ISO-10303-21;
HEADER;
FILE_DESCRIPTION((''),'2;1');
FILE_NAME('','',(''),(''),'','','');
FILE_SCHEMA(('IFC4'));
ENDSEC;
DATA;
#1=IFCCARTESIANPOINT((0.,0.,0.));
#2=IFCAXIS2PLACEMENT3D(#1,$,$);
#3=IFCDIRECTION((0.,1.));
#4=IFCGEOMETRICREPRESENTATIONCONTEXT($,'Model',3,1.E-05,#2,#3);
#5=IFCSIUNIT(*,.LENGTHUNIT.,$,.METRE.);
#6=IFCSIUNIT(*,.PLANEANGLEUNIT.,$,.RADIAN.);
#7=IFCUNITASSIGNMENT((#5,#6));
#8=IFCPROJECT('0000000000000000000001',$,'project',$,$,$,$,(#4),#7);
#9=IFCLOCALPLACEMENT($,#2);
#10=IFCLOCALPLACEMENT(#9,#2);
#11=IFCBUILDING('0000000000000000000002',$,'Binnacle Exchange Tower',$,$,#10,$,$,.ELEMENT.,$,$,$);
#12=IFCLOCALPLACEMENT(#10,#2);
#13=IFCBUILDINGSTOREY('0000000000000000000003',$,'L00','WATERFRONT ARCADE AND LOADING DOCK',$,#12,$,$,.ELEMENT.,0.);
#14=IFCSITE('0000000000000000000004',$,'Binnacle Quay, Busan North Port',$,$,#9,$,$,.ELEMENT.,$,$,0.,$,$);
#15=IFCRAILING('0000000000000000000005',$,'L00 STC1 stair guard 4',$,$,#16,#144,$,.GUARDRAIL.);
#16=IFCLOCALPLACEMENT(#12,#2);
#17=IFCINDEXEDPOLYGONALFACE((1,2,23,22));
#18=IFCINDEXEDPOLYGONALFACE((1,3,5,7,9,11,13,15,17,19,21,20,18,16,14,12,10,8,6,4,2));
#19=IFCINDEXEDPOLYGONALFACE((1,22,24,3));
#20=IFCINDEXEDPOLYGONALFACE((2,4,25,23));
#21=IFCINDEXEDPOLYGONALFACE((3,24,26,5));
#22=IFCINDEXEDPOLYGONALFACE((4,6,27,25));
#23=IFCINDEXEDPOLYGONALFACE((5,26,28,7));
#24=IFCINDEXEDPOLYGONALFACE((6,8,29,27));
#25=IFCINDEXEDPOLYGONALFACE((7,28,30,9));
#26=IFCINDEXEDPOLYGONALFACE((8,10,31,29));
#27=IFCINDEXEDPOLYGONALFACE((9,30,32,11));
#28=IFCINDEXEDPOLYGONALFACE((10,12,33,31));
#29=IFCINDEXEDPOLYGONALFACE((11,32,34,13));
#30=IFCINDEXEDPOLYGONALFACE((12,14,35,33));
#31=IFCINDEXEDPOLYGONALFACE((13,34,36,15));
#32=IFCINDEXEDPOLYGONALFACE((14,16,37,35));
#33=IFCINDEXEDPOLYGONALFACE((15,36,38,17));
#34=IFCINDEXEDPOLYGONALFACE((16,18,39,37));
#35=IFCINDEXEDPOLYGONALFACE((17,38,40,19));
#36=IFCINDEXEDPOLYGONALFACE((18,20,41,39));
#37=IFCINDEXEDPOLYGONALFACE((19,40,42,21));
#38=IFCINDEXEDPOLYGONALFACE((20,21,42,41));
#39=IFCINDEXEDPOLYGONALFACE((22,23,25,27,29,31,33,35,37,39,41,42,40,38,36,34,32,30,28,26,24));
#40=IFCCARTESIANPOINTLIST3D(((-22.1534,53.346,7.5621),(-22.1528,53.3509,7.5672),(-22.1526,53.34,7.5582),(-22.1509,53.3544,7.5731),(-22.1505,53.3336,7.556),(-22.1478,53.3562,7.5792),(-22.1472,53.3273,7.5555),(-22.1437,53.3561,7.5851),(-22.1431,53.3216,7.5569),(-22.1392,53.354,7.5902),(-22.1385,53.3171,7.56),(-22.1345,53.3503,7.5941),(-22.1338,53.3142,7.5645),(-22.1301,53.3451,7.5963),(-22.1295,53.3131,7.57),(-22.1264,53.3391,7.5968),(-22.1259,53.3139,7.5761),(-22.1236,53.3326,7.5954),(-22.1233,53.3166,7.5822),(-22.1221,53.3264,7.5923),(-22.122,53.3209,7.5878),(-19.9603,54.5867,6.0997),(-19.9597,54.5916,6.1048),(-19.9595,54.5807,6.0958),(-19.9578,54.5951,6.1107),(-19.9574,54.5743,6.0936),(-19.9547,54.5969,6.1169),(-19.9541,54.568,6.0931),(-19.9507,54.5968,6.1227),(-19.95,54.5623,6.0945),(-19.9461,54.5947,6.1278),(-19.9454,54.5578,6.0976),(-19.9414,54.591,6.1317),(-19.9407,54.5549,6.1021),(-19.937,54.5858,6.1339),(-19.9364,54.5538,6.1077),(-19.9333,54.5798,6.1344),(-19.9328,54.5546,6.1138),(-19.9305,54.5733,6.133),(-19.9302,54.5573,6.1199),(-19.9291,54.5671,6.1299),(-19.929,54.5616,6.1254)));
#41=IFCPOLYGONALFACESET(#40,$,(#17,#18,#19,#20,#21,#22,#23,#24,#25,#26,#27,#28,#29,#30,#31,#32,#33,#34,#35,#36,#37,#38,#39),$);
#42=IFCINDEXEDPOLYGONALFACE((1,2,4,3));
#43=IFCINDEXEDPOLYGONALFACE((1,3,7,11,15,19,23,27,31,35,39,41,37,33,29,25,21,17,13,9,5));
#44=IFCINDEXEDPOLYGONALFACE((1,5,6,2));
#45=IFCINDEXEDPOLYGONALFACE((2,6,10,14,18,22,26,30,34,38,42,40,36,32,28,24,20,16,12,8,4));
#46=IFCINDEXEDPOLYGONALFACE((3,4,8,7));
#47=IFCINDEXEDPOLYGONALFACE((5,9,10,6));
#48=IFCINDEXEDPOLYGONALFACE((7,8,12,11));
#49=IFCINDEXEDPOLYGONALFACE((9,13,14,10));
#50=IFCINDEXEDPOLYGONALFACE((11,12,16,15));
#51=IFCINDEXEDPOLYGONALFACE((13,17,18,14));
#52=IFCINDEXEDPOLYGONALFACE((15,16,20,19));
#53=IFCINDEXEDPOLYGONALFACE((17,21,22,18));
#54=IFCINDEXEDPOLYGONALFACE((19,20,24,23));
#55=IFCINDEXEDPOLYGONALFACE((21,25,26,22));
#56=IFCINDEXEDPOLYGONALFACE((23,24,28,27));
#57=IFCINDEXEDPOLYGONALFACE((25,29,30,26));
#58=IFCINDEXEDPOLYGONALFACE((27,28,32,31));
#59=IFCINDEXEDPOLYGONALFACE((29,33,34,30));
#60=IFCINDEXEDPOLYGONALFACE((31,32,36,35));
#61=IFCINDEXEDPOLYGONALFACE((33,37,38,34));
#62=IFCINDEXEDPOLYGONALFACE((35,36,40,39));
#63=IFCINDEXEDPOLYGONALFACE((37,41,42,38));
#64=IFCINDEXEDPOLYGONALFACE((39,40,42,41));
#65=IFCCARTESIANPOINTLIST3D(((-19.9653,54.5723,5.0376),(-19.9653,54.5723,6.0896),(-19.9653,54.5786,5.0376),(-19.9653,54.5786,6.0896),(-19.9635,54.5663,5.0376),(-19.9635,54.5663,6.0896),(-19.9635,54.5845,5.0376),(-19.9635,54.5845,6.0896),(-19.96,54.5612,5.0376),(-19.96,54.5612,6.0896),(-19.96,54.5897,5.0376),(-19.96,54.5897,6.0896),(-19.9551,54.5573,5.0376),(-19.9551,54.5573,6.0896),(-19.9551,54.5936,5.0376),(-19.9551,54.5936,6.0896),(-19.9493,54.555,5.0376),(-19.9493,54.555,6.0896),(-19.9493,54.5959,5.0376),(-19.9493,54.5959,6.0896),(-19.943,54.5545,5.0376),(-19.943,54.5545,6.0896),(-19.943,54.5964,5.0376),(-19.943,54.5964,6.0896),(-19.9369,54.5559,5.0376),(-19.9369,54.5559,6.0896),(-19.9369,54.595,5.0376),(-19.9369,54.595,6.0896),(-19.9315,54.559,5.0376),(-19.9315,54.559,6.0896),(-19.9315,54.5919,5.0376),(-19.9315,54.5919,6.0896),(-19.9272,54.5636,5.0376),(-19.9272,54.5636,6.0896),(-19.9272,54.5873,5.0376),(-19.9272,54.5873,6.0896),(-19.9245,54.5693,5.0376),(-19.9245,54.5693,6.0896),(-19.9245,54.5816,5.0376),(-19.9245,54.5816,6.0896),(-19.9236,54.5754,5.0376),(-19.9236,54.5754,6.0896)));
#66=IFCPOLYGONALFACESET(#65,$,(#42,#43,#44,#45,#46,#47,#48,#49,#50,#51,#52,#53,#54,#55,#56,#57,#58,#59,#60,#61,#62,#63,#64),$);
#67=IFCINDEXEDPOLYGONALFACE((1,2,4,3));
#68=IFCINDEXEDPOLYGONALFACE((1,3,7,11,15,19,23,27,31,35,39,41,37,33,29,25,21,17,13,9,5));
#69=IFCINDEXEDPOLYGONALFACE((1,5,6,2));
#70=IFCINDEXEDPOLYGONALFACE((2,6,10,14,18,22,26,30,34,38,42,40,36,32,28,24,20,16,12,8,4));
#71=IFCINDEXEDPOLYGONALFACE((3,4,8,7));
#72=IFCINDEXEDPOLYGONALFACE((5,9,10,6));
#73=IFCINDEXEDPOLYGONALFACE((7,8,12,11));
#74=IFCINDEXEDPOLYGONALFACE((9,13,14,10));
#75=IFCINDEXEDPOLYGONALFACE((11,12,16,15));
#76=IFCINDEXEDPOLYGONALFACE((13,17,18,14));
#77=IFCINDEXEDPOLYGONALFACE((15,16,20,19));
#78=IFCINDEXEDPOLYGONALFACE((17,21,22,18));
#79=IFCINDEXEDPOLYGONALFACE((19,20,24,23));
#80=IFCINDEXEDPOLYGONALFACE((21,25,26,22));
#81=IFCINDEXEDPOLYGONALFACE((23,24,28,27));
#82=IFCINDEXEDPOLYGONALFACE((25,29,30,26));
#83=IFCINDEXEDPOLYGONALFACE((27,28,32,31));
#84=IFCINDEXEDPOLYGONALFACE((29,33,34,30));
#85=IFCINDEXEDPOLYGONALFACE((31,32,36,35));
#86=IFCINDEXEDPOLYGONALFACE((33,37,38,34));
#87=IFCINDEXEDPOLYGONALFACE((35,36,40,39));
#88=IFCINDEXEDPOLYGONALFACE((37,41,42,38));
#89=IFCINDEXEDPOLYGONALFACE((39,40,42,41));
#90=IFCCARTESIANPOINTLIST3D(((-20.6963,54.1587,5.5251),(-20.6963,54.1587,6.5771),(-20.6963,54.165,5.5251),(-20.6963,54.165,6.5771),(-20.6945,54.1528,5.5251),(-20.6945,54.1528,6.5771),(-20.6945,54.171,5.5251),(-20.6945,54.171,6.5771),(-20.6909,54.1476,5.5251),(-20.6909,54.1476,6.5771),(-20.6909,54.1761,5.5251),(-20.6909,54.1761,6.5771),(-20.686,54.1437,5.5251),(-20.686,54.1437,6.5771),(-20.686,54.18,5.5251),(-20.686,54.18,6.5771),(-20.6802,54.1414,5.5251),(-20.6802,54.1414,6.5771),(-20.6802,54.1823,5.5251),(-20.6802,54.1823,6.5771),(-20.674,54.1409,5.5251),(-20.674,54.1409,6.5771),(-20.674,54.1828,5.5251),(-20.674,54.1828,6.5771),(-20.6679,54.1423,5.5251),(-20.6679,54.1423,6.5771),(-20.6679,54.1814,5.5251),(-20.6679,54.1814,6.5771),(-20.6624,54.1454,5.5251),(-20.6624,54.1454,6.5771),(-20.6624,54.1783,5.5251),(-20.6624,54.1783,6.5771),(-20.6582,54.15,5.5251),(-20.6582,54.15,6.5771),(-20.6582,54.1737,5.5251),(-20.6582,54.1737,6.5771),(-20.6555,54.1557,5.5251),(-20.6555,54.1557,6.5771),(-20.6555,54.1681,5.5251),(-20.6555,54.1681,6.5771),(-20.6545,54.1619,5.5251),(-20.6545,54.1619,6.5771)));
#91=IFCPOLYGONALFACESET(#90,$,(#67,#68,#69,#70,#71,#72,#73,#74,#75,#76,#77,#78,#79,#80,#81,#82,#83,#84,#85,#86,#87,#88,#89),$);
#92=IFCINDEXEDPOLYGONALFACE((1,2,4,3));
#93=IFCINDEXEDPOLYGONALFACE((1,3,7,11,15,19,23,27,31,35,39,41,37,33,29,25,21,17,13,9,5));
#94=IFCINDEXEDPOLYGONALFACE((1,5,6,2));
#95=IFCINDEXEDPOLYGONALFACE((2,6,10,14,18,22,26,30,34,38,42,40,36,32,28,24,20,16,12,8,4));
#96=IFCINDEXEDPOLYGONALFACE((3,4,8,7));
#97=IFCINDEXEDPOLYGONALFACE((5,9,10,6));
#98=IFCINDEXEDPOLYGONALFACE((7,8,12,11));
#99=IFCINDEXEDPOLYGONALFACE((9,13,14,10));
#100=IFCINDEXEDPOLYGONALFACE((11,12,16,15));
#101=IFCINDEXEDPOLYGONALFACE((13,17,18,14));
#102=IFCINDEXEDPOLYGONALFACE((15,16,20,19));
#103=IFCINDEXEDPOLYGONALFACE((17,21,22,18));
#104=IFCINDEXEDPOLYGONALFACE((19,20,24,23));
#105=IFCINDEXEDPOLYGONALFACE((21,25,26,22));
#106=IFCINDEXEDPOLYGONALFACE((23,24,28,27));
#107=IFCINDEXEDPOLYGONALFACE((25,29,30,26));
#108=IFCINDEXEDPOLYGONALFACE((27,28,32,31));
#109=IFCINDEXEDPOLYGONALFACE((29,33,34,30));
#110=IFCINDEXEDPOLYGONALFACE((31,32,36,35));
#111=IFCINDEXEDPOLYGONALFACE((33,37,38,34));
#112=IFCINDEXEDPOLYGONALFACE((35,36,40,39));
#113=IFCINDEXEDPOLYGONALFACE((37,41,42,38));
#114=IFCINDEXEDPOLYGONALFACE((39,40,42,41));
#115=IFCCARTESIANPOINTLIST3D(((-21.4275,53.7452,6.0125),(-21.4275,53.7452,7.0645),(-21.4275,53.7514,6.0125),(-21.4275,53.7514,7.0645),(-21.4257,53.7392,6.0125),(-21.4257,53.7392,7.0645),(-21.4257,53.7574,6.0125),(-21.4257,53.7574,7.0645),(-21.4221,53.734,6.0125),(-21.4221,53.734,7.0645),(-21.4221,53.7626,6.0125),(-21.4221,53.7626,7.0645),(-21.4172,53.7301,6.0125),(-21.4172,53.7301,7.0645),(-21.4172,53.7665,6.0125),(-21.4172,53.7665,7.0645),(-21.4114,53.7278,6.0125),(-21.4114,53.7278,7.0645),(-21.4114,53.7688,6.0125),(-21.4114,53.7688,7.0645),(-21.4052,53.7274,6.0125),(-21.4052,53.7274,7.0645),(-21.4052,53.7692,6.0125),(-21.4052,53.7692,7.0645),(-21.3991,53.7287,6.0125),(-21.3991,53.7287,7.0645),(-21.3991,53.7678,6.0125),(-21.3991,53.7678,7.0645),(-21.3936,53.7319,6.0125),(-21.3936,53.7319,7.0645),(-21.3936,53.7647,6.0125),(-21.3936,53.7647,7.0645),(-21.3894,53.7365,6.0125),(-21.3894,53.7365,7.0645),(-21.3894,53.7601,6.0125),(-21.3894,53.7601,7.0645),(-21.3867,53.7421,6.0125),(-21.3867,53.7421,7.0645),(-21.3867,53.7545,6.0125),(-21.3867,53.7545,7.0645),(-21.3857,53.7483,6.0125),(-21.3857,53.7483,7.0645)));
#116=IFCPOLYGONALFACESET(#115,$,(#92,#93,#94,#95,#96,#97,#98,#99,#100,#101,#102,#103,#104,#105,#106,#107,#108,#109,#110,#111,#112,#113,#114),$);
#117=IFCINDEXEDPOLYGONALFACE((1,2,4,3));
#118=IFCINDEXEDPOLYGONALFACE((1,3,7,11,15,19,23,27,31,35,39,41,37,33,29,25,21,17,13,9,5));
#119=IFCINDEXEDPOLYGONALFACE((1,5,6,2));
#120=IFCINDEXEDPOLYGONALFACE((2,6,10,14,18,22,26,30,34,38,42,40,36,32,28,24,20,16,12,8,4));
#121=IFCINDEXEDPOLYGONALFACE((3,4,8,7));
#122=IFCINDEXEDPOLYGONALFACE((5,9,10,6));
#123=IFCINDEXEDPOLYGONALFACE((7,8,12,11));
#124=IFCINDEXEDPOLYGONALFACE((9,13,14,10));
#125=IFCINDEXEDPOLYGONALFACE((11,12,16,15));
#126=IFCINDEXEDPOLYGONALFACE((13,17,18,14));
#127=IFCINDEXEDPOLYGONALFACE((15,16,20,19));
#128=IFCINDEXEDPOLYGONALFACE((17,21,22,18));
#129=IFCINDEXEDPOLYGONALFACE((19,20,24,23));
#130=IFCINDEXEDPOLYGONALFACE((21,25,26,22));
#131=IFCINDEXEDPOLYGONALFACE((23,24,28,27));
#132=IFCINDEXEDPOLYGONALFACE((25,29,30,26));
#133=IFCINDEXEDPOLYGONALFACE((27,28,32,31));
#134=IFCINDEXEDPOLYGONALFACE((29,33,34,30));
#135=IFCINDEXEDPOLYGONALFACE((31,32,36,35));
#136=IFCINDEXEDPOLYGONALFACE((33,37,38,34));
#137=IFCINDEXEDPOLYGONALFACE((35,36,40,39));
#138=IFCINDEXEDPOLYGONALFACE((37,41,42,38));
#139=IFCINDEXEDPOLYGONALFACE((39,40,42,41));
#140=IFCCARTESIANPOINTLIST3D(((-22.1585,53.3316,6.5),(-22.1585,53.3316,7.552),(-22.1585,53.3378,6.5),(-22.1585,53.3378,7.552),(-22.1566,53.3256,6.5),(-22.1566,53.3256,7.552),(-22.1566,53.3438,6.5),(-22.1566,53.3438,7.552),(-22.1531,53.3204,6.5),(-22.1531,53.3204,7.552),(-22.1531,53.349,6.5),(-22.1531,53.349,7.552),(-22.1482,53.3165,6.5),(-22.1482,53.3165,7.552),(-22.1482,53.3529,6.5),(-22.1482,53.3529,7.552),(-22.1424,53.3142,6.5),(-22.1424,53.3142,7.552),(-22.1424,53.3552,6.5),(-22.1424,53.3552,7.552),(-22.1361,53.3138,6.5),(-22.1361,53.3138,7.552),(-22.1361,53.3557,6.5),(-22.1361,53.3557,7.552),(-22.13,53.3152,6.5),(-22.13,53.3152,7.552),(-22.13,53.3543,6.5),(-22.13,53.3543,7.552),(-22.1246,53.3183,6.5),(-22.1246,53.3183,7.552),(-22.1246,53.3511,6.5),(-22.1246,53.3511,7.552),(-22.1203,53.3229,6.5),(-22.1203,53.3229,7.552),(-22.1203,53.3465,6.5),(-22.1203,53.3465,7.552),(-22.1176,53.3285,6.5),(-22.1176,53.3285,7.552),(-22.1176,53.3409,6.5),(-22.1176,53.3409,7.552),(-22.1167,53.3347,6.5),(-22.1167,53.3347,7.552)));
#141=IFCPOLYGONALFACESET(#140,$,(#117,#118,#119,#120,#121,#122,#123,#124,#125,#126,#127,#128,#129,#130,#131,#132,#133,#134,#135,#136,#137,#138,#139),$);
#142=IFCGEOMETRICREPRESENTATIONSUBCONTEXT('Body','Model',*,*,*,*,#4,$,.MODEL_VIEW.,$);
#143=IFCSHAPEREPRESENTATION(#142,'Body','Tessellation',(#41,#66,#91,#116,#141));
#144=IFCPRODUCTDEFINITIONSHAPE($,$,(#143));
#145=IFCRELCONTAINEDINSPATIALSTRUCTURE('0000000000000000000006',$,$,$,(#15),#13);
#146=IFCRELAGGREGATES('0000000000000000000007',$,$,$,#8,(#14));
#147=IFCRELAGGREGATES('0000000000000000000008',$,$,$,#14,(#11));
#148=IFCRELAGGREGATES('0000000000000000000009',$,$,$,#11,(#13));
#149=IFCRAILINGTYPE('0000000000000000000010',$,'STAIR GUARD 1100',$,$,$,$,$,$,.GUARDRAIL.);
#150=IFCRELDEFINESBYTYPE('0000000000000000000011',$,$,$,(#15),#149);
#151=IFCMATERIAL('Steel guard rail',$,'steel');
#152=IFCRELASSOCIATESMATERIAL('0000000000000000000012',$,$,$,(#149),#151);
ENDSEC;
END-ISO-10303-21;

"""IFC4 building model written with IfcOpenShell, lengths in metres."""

from ifc_helpers import new_model, si_unit, direction, frame, origin, origin_2d, place, context, subcontext, project, spatial, circle, extrude, material, type_object, element, save


model = new_model("IFC4")

# Units and contexts
model_context = context("Model", 3, precision=1e-05, world=origin(), true_north=direction((0.0, 1.0)))
body_context = subcontext(model_context, "Body", "Model", "MODEL_VIEW")
ifc_project = project(units=[si_unit("LENGTHUNIT", "METRE"), si_unit("PLANEANGLEUNIT", "RADIAN")], contexts=[model_context])

# Site, building, storey
site_placement = place(None, origin())
site = spatial("IfcSite", under=ifc_project, at=site_placement, Name="Binnacle Quay, Busan North Port", CompositionType="ELEMENT", RefElevation=0.0)
building_placement = place(site_placement, origin())
building = spatial("IfcBuilding", under=site, at=building_placement, Name="Binnacle Exchange Tower", CompositionType="ELEMENT")
storey_placement = place(building_placement, origin())
storey = spatial("IfcBuildingStorey", under=building, at=storey_placement, Name="L00", Description="WATERFRONT ARCADE AND LOADING DOCK", CompositionType="ELEMENT", Elevation=0.0)

# Railing
ifc_material_1 = material(Name="Steel guard rail", Category="steel")
railing_type = type_object("IfcRailingType", Name="STAIR GUARD 1100", PredefinedType="GUARDRAIL", material=ifc_material_1)
railing_1_placement = place(storey_placement, frame((-19.9446, 54.5754, 5.0376)))
element("IfcRailing", 1, at=railing_1_placement, inside=storey, type_object=railing_type, Name="L00 STC1 stair guard 4", PredefinedType="GUARDRAIL", context=body_context, shape_type="SweptSolid", body=[
    extrude(circle(Radius=0.0239, at=origin_2d()), frame((0.0, 0.0, 1.0762), z_axis=(-0.752774, -0.425871, 0.501961), x_axis=(0.492399, -0.87037, 0.0)), (0.0, 0.0, 1.0), 2.9133),
    extrude(circle(Radius=0.021, at=origin_2d()), origin(), (0.0, 0.0, 1.0), 1.052),
    extrude(circle(Radius=0.021, at=origin_2d()), frame((-0.731, -0.4136, 0.4875)), (0.0, 0.0, 1.0), 1.052),
    extrude(circle(Radius=0.021, at=origin_2d()), frame((-1.4622, -0.8271, 0.9749)), (0.0, 0.0, 1.0), 1.052),
    extrude(circle(Radius=0.021, at=origin_2d()), frame((-2.1931, -1.2407, 1.4624)), (0.0, 0.0, 1.0), 1.052),
])

save(model, "model.ifc")
